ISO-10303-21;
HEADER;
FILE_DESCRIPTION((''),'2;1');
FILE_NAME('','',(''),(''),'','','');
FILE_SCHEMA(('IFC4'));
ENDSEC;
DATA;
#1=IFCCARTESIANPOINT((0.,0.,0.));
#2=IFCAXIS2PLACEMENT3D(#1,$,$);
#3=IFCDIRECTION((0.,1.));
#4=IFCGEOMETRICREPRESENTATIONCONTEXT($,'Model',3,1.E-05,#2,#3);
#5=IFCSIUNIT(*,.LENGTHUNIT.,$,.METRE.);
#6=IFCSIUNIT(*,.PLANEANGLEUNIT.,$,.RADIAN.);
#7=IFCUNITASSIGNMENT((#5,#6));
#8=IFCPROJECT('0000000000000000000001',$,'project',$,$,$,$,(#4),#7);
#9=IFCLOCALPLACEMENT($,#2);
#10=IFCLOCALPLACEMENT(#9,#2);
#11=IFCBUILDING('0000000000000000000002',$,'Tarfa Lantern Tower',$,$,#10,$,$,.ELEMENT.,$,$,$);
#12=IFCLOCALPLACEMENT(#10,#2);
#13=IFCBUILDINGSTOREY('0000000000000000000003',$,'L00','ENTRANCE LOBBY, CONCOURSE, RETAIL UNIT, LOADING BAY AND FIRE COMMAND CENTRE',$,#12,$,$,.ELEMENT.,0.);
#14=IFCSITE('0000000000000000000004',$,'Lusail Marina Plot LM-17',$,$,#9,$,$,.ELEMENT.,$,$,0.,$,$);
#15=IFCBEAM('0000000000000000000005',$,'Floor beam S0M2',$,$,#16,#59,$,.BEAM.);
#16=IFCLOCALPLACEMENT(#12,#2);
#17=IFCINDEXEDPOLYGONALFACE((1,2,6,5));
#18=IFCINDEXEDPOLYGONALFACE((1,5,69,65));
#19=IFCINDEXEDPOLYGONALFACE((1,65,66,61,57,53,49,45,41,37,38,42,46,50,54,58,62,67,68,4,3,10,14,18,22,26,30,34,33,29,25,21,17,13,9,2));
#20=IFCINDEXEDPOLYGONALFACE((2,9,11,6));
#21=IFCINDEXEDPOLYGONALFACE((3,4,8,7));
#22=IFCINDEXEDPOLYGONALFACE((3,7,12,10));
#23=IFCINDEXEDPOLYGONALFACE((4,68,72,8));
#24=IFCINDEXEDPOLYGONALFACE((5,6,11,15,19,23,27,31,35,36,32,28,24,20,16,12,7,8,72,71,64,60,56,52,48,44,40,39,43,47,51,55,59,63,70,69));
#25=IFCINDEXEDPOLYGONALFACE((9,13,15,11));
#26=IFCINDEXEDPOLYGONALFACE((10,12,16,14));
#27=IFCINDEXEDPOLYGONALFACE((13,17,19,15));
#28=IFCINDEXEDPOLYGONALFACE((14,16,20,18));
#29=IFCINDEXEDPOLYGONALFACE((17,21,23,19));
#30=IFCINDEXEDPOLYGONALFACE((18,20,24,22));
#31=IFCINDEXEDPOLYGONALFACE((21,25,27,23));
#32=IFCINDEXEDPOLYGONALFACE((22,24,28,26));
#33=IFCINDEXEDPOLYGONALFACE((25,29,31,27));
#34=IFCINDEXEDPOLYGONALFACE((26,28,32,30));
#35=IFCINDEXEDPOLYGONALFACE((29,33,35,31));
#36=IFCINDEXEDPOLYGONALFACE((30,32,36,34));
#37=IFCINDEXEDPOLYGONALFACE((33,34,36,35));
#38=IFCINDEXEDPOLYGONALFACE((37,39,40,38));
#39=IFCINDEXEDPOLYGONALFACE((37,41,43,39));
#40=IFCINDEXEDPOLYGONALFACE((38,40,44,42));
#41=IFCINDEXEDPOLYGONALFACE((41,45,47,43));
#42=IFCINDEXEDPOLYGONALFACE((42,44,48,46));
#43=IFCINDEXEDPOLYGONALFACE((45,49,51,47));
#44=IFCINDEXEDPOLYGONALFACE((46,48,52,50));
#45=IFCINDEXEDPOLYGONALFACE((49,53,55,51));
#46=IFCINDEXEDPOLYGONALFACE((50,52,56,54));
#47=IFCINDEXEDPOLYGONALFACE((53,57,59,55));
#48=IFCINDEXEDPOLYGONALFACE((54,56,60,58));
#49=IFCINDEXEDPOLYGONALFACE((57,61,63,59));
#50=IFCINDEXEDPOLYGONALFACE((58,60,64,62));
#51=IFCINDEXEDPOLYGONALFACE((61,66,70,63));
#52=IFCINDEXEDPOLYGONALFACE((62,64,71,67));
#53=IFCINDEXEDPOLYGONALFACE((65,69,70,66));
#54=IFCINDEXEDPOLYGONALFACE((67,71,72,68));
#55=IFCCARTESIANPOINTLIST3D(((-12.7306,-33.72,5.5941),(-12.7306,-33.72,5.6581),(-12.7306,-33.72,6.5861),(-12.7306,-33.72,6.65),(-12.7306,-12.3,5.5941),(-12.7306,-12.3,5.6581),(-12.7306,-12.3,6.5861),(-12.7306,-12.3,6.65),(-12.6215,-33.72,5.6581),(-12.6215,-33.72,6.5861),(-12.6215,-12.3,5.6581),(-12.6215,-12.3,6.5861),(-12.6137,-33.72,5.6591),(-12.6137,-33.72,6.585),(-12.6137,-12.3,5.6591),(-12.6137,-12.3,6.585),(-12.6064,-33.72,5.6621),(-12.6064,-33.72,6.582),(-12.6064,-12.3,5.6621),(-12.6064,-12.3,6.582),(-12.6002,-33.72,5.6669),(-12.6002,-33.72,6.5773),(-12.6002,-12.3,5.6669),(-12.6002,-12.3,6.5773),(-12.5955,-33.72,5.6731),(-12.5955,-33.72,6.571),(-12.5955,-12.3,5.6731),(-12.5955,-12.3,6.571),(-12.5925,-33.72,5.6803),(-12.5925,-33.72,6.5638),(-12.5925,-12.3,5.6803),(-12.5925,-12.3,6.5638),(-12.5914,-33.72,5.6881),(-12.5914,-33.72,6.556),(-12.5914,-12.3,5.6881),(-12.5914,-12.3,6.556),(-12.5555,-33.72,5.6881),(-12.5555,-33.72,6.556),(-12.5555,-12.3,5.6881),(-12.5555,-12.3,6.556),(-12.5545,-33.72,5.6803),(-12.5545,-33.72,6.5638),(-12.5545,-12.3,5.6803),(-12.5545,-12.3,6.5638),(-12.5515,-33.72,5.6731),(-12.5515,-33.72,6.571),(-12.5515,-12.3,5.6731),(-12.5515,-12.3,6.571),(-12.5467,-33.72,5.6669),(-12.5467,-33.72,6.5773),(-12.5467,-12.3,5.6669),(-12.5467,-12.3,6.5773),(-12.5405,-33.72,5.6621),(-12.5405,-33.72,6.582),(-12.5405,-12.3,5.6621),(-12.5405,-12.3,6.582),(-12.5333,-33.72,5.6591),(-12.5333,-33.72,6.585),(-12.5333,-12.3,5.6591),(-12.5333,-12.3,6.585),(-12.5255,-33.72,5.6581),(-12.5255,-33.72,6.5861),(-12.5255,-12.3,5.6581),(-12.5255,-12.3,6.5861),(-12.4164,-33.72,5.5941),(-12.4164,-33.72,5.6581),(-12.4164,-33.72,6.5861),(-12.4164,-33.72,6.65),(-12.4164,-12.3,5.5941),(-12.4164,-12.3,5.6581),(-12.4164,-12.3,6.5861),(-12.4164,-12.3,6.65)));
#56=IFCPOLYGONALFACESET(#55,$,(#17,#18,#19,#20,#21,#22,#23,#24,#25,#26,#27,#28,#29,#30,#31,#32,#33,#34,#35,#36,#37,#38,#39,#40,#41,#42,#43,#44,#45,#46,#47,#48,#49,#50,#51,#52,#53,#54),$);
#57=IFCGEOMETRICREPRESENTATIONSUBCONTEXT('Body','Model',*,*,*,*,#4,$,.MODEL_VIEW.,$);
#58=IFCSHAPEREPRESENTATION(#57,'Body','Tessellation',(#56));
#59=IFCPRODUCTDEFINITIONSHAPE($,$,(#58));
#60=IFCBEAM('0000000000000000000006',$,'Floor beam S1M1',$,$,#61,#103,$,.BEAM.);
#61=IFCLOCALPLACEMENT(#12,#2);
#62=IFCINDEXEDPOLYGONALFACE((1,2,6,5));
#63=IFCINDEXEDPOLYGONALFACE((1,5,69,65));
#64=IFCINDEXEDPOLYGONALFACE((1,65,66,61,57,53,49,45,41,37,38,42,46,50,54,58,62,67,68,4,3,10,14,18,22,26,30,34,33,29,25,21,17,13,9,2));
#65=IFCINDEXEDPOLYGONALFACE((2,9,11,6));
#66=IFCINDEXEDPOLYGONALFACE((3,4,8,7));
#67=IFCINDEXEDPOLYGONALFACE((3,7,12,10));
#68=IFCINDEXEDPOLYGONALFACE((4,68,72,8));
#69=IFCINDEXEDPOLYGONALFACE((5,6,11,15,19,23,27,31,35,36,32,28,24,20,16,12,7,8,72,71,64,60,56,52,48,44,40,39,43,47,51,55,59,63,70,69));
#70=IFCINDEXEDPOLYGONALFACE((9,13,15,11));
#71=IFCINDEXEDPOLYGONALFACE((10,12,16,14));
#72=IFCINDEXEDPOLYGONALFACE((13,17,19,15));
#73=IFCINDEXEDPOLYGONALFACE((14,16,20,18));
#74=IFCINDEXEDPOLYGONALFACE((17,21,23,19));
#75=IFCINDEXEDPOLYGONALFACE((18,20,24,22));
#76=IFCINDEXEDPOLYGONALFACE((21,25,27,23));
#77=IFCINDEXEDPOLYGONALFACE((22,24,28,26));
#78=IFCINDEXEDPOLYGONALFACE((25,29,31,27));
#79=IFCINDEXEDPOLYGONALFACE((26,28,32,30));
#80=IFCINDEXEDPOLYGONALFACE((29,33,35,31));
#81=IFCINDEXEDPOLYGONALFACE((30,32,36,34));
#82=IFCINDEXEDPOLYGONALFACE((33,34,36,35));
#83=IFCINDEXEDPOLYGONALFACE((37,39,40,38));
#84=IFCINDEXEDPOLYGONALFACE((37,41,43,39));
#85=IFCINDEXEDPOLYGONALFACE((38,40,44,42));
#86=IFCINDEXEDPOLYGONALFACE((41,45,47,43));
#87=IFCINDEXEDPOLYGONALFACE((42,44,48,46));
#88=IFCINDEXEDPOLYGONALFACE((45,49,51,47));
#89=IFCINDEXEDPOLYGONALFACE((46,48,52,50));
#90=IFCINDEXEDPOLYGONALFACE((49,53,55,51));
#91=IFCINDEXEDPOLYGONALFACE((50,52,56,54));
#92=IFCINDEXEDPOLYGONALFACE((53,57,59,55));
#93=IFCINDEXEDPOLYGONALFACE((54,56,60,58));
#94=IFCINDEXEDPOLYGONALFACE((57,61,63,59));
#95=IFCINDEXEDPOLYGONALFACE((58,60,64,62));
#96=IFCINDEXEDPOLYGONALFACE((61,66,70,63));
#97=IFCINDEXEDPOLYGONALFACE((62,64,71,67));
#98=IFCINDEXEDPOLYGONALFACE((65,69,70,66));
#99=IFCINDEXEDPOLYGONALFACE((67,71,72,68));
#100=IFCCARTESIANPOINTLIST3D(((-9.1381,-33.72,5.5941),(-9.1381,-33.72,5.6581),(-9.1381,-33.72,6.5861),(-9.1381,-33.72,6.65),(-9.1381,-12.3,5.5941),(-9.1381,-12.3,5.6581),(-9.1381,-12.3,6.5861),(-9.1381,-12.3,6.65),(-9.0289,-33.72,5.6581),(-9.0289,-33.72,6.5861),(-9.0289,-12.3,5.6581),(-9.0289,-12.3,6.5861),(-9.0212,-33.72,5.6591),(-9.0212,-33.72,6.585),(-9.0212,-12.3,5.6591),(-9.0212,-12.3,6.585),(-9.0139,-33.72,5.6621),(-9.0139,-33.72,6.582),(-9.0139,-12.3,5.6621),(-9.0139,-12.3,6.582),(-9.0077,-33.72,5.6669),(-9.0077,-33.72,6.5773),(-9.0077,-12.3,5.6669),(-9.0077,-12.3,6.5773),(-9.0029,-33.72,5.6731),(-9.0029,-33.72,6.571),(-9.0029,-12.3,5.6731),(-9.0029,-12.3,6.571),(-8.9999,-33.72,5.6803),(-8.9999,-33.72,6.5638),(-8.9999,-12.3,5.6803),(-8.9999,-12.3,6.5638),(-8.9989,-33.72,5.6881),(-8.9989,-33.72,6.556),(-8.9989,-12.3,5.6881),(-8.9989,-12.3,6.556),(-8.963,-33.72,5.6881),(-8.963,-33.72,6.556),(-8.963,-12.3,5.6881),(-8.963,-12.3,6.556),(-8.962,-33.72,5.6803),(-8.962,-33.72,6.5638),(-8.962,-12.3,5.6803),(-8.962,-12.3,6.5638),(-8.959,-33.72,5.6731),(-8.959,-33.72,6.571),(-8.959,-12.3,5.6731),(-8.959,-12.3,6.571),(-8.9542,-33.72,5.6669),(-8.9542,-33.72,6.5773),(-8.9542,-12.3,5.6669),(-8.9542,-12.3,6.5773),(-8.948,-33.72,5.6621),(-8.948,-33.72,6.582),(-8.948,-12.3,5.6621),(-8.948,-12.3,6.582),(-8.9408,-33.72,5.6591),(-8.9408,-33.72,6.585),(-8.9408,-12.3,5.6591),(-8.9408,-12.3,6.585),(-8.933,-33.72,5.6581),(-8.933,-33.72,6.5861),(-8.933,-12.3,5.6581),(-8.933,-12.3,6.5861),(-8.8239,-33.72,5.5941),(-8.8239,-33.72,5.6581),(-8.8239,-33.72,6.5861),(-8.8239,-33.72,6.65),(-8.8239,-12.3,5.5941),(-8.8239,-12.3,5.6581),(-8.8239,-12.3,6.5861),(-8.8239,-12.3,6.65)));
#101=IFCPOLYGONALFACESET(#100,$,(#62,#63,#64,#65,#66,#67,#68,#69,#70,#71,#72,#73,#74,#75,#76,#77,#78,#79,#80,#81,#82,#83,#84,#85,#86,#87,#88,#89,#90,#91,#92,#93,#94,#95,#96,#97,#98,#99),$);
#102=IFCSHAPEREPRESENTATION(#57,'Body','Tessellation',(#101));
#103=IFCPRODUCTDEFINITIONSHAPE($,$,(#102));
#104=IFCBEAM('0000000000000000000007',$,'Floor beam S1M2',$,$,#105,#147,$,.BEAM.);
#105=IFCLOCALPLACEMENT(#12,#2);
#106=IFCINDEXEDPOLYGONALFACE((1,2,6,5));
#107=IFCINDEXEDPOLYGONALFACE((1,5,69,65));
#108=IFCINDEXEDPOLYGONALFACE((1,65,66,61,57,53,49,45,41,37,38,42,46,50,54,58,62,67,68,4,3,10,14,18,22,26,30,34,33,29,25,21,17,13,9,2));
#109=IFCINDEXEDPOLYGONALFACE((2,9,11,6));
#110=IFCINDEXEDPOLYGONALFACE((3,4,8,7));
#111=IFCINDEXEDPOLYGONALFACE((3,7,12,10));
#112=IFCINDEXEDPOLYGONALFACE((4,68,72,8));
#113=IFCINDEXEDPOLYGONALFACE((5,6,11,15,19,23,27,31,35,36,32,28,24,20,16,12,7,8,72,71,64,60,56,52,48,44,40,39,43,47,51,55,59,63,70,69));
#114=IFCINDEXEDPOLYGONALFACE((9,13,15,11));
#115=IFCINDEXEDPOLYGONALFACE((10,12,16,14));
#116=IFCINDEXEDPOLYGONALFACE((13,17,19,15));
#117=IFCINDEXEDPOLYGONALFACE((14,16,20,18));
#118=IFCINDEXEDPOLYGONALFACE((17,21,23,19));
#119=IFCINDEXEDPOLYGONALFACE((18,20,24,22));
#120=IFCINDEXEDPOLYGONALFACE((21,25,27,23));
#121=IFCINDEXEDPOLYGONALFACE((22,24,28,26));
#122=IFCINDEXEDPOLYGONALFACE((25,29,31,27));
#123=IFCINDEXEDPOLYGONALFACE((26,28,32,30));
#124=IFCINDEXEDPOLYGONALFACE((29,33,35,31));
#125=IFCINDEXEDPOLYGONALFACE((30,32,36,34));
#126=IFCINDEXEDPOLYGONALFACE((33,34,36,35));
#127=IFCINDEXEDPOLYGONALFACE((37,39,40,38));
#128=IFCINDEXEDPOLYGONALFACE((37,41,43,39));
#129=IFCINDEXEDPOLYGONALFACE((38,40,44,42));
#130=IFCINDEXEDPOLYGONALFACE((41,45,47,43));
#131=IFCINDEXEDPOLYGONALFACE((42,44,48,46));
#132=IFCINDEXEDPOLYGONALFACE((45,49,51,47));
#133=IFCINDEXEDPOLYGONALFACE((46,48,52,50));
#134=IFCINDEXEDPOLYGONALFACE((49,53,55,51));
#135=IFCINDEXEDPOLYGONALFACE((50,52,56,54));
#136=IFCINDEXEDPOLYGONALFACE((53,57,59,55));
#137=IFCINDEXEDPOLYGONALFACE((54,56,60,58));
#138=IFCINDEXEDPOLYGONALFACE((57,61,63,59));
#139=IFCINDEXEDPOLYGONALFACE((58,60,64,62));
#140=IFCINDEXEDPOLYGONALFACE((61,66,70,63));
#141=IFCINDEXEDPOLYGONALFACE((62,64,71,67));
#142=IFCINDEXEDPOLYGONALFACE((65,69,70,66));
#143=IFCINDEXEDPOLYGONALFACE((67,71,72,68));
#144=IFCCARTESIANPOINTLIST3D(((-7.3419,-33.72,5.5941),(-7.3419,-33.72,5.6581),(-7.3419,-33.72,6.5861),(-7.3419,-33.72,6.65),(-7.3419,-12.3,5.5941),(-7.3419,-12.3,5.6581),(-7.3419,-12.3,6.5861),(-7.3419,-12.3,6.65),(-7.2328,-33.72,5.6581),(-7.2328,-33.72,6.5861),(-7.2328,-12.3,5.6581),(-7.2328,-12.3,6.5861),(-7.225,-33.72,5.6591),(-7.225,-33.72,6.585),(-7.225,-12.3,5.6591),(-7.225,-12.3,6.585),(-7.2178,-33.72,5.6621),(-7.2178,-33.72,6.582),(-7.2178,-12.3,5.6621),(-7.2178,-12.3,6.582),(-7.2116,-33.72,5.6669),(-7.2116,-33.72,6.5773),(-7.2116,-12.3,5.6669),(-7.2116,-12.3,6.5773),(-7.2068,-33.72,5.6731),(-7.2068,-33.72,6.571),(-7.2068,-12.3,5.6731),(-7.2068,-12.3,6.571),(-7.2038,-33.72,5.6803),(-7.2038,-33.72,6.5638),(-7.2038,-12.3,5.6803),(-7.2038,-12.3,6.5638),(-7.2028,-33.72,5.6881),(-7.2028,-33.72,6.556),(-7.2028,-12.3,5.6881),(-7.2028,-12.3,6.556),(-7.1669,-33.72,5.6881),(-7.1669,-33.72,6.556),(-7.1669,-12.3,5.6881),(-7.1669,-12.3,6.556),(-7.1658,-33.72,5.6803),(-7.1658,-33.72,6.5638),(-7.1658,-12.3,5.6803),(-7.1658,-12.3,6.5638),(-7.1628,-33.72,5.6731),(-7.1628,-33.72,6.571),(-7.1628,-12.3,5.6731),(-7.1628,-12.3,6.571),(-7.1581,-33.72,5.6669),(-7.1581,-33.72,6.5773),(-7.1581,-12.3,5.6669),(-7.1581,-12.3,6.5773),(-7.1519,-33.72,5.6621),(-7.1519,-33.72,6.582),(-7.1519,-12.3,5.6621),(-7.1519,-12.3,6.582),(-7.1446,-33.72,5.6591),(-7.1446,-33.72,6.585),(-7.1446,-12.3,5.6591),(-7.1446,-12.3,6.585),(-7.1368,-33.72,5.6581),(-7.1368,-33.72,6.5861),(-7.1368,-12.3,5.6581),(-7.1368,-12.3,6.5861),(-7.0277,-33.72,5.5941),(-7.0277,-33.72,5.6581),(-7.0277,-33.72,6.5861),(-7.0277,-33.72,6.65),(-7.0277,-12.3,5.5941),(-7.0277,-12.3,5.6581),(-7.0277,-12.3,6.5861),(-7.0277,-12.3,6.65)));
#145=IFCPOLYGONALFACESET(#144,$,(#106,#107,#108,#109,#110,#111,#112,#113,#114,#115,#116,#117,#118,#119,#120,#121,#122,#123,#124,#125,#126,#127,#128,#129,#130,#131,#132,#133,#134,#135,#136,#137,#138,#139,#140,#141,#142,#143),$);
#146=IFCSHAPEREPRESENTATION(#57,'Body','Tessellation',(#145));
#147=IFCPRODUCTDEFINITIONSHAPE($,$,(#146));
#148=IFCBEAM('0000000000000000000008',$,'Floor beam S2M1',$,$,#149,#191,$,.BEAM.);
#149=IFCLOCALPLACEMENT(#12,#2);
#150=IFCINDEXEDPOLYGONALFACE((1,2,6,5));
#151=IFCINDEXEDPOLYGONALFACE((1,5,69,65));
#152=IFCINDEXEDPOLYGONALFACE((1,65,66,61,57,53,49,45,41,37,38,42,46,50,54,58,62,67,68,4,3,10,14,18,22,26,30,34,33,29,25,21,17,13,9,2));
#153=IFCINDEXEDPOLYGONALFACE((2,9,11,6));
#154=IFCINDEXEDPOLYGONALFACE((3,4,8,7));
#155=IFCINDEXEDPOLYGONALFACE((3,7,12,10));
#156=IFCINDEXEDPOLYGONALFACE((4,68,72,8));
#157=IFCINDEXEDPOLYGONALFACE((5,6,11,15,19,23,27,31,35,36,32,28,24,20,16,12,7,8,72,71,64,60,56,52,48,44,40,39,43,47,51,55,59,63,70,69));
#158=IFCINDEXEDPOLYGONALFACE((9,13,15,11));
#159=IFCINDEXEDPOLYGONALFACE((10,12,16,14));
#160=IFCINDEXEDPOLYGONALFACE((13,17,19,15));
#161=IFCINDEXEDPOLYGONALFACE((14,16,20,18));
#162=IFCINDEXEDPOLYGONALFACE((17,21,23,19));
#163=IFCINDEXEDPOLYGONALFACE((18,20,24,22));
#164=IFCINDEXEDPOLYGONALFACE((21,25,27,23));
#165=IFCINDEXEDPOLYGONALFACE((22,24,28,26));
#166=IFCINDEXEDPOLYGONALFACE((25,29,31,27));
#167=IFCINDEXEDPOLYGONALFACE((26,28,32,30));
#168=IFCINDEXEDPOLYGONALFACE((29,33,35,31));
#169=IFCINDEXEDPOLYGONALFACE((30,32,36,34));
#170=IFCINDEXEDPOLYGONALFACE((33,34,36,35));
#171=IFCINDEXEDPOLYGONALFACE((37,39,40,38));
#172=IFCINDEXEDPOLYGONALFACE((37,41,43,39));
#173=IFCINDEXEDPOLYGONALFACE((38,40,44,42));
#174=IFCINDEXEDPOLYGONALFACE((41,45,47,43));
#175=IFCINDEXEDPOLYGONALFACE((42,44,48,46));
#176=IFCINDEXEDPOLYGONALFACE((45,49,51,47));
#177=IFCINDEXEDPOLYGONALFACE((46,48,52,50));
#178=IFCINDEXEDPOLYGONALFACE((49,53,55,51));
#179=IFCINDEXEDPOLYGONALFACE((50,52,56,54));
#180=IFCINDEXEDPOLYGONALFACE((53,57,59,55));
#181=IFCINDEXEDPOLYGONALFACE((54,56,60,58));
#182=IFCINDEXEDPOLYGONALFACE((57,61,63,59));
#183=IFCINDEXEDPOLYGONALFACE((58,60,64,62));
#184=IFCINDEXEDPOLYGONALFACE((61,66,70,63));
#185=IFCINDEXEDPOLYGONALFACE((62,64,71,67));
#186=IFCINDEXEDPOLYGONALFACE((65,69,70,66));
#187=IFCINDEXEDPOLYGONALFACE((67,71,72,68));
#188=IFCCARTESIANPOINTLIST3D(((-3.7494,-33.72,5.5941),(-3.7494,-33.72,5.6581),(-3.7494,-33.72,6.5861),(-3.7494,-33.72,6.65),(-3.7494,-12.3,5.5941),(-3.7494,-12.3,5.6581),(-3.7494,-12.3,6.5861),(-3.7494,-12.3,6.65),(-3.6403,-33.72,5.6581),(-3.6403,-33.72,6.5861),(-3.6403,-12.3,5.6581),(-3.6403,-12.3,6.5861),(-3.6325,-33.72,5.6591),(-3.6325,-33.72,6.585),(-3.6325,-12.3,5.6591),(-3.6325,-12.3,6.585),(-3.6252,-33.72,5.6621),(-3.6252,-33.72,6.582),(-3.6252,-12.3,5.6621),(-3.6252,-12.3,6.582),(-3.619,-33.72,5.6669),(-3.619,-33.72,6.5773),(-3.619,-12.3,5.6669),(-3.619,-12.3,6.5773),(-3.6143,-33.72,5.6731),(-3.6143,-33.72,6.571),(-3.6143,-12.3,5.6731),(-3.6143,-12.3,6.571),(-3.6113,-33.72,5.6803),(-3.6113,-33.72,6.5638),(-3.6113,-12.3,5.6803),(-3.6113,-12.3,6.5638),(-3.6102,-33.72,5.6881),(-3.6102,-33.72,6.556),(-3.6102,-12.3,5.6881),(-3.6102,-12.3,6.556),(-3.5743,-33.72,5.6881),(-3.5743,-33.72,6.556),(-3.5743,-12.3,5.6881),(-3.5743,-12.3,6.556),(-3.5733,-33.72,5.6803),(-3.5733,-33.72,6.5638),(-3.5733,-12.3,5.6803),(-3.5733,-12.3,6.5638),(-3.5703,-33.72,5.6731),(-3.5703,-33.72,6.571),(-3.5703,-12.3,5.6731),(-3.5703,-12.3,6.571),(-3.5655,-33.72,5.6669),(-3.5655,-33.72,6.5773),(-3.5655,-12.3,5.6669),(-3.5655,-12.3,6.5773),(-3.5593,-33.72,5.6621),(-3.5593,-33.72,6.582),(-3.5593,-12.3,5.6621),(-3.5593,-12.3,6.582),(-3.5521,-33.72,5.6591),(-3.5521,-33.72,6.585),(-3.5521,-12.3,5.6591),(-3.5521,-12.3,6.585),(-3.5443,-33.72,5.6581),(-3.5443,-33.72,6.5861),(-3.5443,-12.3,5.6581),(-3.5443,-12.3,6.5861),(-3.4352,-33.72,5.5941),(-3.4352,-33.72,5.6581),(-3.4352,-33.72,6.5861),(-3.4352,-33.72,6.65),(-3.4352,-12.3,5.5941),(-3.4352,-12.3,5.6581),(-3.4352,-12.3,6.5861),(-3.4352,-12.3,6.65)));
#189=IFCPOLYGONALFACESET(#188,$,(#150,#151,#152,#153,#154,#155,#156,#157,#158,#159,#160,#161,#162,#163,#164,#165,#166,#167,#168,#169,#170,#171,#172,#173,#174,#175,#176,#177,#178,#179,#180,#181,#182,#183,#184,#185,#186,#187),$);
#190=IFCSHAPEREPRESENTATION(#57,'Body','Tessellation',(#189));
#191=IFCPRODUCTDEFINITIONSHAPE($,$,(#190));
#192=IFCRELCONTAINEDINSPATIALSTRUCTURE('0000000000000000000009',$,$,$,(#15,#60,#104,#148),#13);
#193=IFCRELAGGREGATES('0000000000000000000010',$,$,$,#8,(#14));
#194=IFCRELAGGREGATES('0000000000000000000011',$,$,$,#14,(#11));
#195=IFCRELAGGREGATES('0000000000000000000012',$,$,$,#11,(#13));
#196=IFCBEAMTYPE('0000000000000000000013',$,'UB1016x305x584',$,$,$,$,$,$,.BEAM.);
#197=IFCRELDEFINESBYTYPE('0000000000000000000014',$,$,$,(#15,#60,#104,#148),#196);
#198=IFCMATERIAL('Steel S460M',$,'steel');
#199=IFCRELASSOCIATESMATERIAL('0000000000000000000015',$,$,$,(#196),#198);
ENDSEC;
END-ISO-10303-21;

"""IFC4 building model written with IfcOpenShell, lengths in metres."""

from ifc_helpers import new_model, si_unit, direction, frame, origin, origin_2d, place, context, subcontext, project, spatial, i_section, extrude, material, material_profile, profile_set, type_object, element, save


model = new_model("IFC4")

# Units and contexts
model_context = context("Model", 3, precision=1e-05, world=origin(), true_north=direction((0.0, 1.0)))
body_context = subcontext(model_context, "Body", "Model", "MODEL_VIEW")
ifc_project = project(units=[si_unit("LENGTHUNIT", "METRE"), si_unit("PLANEANGLEUNIT", "RADIAN")], contexts=[model_context])

# Site, building, storey
site_placement = place(None, origin())
site = spatial("IfcSite", under=ifc_project, at=site_placement, Name="Lusail Marina Plot LM-17", CompositionType="ELEMENT", RefElevation=0.0)
building_placement = place(site_placement, origin())
building = spatial("IfcBuilding", under=site, at=building_placement, Name="Tarfa Lantern Tower", CompositionType="ELEMENT")
storey_placement = place(building_placement, origin())
storey = spatial("IfcBuildingStorey", under=building, at=storey_placement, Name="L00", Description="ENTRANCE LOBBY, CONCOURSE, RETAIL UNIT, LOADING BAY AND FIRE COMMAND CENTRE", CompositionType="ELEMENT", Elevation=0.0)

# Beams
ifc_material_1 = material(Name="Steel S460M", Category="steel")
ifc_material_profile_1 = material_profile(ifc_material_1, i_section(OverallWidth=0.3142, OverallDepth=1.0559, WebThickness=0.0359, FlangeThickness=0.064, FilletRadius=0.03, at=origin_2d()), Name="UB1016x305x584")
ifc_profile_set_1 = profile_set([ifc_material_profile_1], Name="Steel S460M")
beam_type_1 = type_object("IfcBeamType", Name="UB1016x305x584", PredefinedType="BEAM", material=ifc_profile_set_1)
for number, where, z_axis, x_axis, name in (
    (1, (-12.5735, -33.72, 6.1221), (0.0, 1.0, 0.0), (-1.0, 0.0, 0.0), "Floor beam S0M2"),
    (2, (-8.981, -33.72, 6.1221), (0.0, 1.0, 0.0), (-1.0, 0.0, 0.0), "Floor beam S1M1"),
    (3, (-7.1848, -33.72, 6.1221), (0.0, 1.0, 0.0), (-1.0, 0.0, 0.0), "Floor beam S1M2"),
    (4, (-3.5923, -33.72, 6.1221), (0.0, 1.0, 0.0), (-1.0, 0.0, 0.0), "Floor beam S2M1"),
):
    element("IfcBeam", number, at=place(storey_placement, frame(where, z_axis=z_axis, x_axis=x_axis)), inside=storey, type_object=beam_type_1, Name=name, PredefinedType="BEAM", context=body_context, shape_type="SweptSolid", body=[
        extrude(i_section(OverallWidth=0.3142, OverallDepth=1.0559, WebThickness=0.0359, FlangeThickness=0.064, FilletRadius=0.03, at=origin_2d()), origin(), (0.0, 0.0, 1.0), 21.4199),
    ])

save(model, "model.ifc")
